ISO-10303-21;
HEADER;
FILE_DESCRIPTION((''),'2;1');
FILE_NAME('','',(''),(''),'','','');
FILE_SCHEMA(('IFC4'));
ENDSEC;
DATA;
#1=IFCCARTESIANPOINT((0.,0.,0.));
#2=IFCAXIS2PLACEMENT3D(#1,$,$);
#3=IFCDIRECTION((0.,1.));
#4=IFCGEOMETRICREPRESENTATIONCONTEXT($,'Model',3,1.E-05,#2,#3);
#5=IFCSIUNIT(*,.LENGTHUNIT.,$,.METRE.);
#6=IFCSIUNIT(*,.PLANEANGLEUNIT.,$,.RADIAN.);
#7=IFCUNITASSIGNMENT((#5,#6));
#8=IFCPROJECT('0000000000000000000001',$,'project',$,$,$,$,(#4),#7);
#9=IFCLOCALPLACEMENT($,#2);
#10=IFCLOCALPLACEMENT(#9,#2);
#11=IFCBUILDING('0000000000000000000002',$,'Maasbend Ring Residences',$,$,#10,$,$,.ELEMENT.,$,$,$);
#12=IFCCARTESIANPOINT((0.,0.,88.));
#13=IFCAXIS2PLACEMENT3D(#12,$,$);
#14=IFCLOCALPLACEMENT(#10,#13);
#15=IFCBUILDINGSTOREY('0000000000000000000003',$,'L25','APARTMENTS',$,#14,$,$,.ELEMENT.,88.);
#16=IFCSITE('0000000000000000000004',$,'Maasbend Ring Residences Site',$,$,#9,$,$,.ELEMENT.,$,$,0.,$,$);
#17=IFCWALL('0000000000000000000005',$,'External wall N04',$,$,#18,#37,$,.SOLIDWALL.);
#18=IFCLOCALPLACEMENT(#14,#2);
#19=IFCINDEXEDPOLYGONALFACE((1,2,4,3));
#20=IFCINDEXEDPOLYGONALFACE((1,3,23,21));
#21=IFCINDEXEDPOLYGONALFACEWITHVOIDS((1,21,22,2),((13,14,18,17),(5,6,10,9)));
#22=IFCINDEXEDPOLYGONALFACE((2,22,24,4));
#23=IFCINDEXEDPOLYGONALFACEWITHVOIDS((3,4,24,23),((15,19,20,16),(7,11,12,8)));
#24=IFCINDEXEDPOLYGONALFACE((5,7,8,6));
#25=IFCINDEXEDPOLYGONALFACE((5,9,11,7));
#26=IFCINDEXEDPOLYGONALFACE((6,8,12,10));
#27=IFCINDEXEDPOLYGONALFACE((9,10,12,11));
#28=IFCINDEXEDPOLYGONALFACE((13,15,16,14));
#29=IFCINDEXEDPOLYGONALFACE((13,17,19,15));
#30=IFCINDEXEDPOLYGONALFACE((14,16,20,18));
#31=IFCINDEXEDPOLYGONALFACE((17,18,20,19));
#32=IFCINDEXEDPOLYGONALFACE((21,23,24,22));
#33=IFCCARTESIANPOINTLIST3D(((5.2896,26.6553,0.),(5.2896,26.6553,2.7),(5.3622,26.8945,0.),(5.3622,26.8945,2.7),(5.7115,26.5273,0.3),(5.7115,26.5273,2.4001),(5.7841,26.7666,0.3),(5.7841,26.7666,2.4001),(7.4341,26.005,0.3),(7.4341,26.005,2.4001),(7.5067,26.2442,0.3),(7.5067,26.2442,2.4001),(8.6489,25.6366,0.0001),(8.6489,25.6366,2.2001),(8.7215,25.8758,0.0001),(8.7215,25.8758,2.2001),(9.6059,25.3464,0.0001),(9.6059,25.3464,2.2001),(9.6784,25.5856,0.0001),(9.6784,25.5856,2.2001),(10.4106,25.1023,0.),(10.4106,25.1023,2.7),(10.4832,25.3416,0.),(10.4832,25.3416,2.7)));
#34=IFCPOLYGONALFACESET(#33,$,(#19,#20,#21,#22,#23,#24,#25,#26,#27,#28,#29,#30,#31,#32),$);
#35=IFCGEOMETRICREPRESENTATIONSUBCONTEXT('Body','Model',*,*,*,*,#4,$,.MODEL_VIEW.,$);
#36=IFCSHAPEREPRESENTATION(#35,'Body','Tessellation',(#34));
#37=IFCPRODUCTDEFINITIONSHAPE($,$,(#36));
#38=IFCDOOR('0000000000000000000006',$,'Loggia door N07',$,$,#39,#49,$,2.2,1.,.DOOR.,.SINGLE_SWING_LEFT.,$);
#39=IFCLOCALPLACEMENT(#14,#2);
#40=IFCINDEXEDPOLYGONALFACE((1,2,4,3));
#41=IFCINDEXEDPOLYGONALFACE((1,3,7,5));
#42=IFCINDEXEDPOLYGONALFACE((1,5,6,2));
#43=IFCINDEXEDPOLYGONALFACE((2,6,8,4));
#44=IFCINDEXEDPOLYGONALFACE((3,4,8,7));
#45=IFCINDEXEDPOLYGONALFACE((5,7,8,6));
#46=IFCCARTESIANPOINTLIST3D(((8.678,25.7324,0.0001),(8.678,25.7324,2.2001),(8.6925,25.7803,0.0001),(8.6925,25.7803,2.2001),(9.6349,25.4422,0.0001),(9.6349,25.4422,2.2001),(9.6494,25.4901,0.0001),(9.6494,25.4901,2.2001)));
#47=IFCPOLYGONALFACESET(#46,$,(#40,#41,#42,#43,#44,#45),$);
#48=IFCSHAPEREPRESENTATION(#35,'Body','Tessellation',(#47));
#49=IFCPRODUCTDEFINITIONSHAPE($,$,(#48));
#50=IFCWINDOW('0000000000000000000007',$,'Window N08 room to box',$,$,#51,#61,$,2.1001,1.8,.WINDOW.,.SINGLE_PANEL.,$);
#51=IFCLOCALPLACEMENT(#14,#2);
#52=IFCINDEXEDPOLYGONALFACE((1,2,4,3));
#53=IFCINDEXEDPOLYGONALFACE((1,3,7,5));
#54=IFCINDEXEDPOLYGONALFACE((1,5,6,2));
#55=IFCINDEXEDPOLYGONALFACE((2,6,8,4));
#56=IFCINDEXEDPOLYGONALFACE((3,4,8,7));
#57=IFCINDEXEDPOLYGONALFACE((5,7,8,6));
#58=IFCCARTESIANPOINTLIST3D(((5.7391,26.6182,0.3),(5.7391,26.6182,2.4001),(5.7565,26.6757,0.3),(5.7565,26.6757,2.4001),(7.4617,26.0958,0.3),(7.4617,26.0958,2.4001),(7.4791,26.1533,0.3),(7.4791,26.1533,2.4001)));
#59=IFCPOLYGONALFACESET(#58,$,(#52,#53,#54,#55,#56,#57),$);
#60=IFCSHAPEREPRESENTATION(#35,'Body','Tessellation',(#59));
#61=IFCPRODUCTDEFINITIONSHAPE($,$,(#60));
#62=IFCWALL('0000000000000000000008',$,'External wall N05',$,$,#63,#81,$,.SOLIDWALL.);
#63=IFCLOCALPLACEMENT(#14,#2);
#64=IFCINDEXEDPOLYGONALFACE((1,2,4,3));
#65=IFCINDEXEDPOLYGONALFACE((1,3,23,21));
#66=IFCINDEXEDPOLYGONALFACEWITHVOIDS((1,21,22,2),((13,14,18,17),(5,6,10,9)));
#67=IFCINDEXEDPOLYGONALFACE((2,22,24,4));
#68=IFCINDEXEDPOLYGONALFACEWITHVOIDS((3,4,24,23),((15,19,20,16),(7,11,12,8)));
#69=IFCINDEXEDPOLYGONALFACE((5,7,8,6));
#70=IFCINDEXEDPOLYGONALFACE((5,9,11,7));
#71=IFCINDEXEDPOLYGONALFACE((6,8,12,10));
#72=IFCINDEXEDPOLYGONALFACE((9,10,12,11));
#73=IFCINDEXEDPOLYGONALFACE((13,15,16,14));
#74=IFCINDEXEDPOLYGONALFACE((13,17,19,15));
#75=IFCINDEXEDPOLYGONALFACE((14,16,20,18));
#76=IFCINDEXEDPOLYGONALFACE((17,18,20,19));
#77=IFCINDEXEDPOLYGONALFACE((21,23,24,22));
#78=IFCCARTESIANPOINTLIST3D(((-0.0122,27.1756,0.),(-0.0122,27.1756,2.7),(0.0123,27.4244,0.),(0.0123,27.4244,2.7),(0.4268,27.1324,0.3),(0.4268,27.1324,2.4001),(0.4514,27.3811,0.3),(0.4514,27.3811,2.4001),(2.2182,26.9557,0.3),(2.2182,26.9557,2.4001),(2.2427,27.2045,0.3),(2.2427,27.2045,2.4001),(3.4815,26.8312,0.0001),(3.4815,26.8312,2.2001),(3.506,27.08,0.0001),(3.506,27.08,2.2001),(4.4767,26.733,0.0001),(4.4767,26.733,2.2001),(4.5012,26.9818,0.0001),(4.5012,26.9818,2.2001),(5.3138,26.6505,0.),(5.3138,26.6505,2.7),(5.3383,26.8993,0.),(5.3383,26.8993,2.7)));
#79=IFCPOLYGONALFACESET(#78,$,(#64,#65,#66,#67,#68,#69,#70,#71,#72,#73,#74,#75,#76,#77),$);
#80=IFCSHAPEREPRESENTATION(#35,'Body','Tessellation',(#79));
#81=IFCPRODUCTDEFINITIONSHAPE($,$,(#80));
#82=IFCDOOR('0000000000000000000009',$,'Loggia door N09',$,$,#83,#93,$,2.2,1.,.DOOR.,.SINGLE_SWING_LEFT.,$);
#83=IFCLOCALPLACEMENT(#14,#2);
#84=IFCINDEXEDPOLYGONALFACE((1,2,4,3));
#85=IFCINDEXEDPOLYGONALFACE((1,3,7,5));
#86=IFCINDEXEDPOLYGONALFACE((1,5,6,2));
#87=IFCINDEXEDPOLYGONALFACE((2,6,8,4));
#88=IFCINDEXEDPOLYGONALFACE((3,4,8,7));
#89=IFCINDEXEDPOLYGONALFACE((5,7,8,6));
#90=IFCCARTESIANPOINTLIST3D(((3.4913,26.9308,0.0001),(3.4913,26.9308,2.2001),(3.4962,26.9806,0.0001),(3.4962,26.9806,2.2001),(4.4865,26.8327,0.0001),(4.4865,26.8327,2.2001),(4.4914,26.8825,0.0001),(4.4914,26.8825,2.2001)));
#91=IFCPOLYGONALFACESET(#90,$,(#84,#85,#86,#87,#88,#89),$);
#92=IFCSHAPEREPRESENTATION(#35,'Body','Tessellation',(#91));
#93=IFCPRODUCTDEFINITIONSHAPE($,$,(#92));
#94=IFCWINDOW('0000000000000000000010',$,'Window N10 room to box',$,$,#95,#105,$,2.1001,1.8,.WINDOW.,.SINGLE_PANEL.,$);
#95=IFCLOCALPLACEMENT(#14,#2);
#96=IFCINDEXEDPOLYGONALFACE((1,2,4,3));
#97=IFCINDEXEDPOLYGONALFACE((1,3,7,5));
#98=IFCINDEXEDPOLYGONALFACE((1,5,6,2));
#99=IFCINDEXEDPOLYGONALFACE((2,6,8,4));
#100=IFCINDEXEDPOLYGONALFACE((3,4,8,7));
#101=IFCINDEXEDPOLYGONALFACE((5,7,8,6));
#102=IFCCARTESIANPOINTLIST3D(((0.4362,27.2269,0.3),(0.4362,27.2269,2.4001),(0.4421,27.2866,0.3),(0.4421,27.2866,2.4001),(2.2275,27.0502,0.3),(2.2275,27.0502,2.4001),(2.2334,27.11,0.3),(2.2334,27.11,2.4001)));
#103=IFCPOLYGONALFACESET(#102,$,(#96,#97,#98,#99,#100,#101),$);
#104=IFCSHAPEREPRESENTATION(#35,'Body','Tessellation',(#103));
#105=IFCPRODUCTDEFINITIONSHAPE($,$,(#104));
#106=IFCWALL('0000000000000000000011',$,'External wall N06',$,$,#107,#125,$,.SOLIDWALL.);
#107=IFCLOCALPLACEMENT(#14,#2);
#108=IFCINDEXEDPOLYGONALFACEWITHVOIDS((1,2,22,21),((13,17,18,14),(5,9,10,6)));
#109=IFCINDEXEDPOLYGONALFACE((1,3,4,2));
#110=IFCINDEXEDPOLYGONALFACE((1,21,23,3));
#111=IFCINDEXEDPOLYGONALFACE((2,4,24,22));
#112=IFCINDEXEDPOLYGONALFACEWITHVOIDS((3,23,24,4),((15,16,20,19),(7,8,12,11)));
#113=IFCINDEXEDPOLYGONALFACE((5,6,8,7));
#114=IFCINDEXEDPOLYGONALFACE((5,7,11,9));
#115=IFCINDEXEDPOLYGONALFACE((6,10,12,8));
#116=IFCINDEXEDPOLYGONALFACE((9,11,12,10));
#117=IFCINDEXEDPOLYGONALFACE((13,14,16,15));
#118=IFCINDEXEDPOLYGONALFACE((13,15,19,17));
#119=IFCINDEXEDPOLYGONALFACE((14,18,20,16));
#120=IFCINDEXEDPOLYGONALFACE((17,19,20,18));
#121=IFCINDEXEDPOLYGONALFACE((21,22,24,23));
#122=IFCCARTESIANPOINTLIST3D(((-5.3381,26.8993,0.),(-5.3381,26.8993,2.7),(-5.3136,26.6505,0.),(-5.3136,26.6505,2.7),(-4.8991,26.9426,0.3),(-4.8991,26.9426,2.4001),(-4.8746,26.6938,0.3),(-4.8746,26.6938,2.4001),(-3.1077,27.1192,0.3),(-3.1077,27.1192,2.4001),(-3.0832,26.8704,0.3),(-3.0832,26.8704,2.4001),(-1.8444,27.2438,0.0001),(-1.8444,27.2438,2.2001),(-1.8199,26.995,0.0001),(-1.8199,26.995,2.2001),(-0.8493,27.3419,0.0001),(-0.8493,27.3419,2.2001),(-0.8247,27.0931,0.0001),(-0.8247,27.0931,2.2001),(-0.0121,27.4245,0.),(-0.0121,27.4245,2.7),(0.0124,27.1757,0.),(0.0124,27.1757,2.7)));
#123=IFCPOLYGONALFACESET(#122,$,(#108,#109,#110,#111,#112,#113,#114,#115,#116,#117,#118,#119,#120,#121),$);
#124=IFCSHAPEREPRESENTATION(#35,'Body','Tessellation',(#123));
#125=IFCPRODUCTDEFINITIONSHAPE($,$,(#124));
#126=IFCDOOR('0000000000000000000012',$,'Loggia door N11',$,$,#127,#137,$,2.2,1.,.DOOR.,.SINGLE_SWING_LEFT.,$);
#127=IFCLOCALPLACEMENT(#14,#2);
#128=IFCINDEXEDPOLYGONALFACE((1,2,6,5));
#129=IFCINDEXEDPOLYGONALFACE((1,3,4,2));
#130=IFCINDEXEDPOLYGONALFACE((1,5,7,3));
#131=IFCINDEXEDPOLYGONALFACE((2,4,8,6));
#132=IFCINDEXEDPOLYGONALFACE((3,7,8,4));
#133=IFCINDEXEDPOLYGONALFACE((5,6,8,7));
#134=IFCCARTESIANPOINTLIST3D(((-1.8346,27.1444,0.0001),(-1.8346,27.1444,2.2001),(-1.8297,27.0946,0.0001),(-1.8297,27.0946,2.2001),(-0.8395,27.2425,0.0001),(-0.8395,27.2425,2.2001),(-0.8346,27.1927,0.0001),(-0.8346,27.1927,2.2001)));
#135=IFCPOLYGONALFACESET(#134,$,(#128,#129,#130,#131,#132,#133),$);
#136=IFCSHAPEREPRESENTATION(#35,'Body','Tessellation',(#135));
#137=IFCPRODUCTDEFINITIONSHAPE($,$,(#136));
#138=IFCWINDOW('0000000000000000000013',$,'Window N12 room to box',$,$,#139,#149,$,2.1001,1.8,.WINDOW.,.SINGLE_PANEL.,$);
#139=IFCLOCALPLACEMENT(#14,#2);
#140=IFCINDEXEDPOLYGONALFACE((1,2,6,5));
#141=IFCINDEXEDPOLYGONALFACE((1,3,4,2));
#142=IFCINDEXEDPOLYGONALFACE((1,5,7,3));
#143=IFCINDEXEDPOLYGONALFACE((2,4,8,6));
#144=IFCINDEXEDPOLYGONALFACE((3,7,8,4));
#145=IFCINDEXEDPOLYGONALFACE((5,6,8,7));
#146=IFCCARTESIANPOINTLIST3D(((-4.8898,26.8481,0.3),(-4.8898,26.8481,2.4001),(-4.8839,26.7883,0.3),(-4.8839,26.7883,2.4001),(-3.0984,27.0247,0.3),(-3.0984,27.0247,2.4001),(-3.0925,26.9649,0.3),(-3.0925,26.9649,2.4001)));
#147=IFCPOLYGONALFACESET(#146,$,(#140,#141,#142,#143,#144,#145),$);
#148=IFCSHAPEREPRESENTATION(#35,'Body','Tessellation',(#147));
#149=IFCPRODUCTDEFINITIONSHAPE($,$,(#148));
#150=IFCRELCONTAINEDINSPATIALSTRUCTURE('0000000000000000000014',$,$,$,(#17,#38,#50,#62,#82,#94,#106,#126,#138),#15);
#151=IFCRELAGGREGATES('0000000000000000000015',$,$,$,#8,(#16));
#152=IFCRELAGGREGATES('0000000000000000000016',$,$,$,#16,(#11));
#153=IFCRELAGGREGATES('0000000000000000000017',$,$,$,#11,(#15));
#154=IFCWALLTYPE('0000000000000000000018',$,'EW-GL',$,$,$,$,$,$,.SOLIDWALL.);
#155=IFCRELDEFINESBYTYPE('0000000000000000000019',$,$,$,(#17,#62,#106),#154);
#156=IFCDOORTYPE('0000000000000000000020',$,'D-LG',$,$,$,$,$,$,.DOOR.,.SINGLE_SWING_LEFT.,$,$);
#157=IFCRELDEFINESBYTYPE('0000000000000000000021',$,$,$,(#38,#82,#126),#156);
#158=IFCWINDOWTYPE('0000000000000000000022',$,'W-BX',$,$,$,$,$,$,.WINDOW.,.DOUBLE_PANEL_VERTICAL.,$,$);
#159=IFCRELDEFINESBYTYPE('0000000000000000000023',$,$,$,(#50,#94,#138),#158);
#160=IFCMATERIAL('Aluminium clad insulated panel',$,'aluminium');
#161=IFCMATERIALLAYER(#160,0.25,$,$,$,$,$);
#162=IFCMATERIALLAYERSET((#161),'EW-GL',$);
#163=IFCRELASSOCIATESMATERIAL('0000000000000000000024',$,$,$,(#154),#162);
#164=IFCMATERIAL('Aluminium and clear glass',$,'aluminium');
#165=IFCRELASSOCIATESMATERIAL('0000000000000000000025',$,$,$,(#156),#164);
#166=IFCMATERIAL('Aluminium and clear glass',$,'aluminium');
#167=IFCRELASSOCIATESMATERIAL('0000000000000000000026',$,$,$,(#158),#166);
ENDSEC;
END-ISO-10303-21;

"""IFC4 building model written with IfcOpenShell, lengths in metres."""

from ifc_helpers import new_model, si_unit, direction, frame, frame_2d, origin, place, context, subcontext, project, spatial, rectangle, extrude, material, layer, layer_set, type_object, element, fill, save


model = new_model("IFC4")

# Units and contexts
model_context = context("Model", 3, precision=1e-05, world=origin(), true_north=direction((0.0, 1.0)))
body_context = subcontext(model_context, "Body", "Model", "MODEL_VIEW")
ifc_project = project(units=[si_unit("LENGTHUNIT", "METRE"), si_unit("PLANEANGLEUNIT", "RADIAN")], contexts=[model_context])

# Site, building, storey
site_placement = place(None, origin())
site = spatial("IfcSite", under=ifc_project, at=site_placement, Name="Maasbend Ring Residences Site", CompositionType="ELEMENT", RefElevation=0.0)
building_placement = place(site_placement, origin())
building = spatial("IfcBuilding", under=site, at=building_placement, Name="Maasbend Ring Residences", CompositionType="ELEMENT")
storey_placement = place(building_placement, frame((0.0, 0.0, 88.0)))
storey = spatial("IfcBuildingStorey", under=building, at=storey_placement, Name="L25", Description="APARTMENTS", CompositionType="ELEMENT", Elevation=88.0)

# Walls, openings, doors, windows
ifc_material_1 = material(Name="Aluminium clad insulated panel", Category="aluminium")
ifc_layer_1 = layer(ifc_material_1, 0.25)
ifc_layer_set_1 = layer_set([ifc_layer_1], Name="EW-GL")
wall_type_1 = type_object("IfcWallType", Name="EW-GL", PredefinedType="SOLIDWALL", material=ifc_layer_set_1)
wall_1_placement = place(storey_placement, frame((10.447, 25.2219, 0.0), z_axis=(0.0, 0.0, 1.0), x_axis=(-0.956966, 0.290201, 0.0)))
wall_1 = element("IfcWall", 1, at=wall_1_placement, inside=storey, type_object=wall_type_1, Name="External wall N04", PredefinedType="SOLIDWALL", context=body_context, shape_type="SweptSolid", body=[
    extrude(rectangle(XDim=5.3513, YDim=0.25, at=frame_2d((2.6758, 0.0))), origin(), (0.0, 0.0, 1.0), 2.7),
])
opening_1_placement = place(wall_1_placement, frame((0.8411, 0.0, 0.0)))
opening_1 = element("IfcOpeningElement", 2, at=opening_1_placement, cuts=wall_1, PredefinedType="OPENING", context=body_context, shape_type="SweptSolid", body=[
    extrude(rectangle(XDim=1.0, YDim=2.2, at=frame_2d((0.5, 1.1001))), frame((0.0, 0.135, 0.0), z_axis=(0.0, -1.0, 0.0), x_axis=(1.0, 0.0, 0.0)), (0.0, 0.0, 1.0), 0.27),
])
opening_2_placement = place(wall_1_placement, frame((3.1106, 0.0, 0.3)))
opening_2 = element("IfcOpeningElement", 3, at=opening_2_placement, cuts=wall_1, PredefinedType="OPENING", context=body_context, shape_type="SweptSolid", body=[
    extrude(rectangle(XDim=1.8, YDim=2.1001, at=frame_2d((0.8999, 1.05))), frame((0.0, 0.135, 0.0), z_axis=(0.0, -1.0, 0.0), x_axis=(1.0, 0.0, 0.0)), (0.0, 0.0, 1.0), 0.27),
])
ifc_material_2 = material(Name="Aluminium and clear glass", Category="aluminium")
door_type_1 = type_object("IfcDoorType", Name="D-LG", OperationType="SINGLE_SWING_LEFT", PredefinedType="DOOR", material=ifc_material_2)
door_1_placement = place(opening_1_placement, origin())
door_1 = element("IfcDoor", 4, at=door_1_placement, inside=storey, type_object=door_type_1, Name="Loggia door N07", OperationType="SINGLE_SWING_LEFT", OverallHeight=2.2, OverallWidth=1.0, PredefinedType="DOOR", context=body_context, shape_type="SweptSolid", body=[
    extrude(rectangle(XDim=1.0, YDim=2.2, at=frame_2d((0.5, 1.1001))), frame((0.0, 0.0249, 0.0), z_axis=(0.0, -1.0, 0.0), x_axis=(1.0, 0.0, 0.0)), (0.0, 0.0, 1.0), 0.05),
])
fill(opening_1, door_1)
ifc_material_3 = material(Name="Aluminium and clear glass", Category="aluminium")
window_type_1 = type_object("IfcWindowType", Name="W-BX", PartitioningType="DOUBLE_PANEL_VERTICAL", PredefinedType="WINDOW", material=ifc_material_3)
window_1_placement = place(opening_2_placement, origin())
window_1 = element("IfcWindow", 5, at=window_1_placement, inside=storey, type_object=window_type_1, Name="Window N08 room to box", OverallHeight=2.1001, OverallWidth=1.8, PartitioningType="SINGLE_PANEL", PredefinedType="WINDOW", context=body_context, shape_type="SweptSolid", body=[
    extrude(rectangle(XDim=1.8, YDim=2.1001, at=frame_2d((0.8999, 1.05))), frame((0.0, 0.03, 0.0), z_axis=(0.0, -1.0, 0.0), x_axis=(1.0, 0.0, 0.0)), (0.0, 0.0, 1.0), 0.0601),
])
fill(opening_2, window_1)
wall_2_placement = place(storey_placement, frame((5.3259, 26.7749, 0.0), z_axis=(0.0, 0.0, 1.0), x_axis=(-0.995174, 0.098126, 0.0)))
wall_2 = element("IfcWall", 6, at=wall_2_placement, inside=storey, type_object=wall_type_1, Name="External wall N05", PredefinedType="SOLIDWALL", context=body_context, shape_type="SweptSolid", body=[
    extrude(rectangle(XDim=5.3518, YDim=0.25, at=frame_2d((2.6758, 0.0))), origin(), (0.0, 0.0, 1.0), 2.7),
])
opening_3_placement = place(wall_2_placement, frame((0.8411, 0.0, 0.0)))
opening_3 = element("IfcOpeningElement", 7, at=opening_3_placement, cuts=wall_2, PredefinedType="OPENING", context=body_context, shape_type="SweptSolid", body=[
    extrude(rectangle(XDim=1.0, YDim=2.2, at=frame_2d((0.5, 1.1001))), frame((0.0, 0.135, 0.0), z_axis=(0.0, -1.0, 0.0), x_axis=(1.0, 0.0, 0.0)), (0.0, 0.0, 1.0), 0.27),
])
opening_4_placement = place(wall_2_placement, frame((3.1106, 0.0, 0.3)))
opening_4 = element("IfcOpeningElement", 8, at=opening_4_placement, cuts=wall_2, PredefinedType="OPENING", context=body_context, shape_type="SweptSolid", body=[
    extrude(rectangle(XDim=1.8, YDim=2.1001, at=frame_2d((0.8999, 1.05))), frame((0.0, 0.135, 0.0), z_axis=(0.0, -1.0, 0.0), x_axis=(1.0, 0.0, 0.0)), (0.0, 0.0, 1.0), 0.27),
])
door_2_placement = place(opening_3_placement, origin())
door_2 = element("IfcDoor", 9, at=door_2_placement, inside=storey, type_object=door_type_1, Name="Loggia door N09", OperationType="SINGLE_SWING_LEFT", OverallHeight=2.2, OverallWidth=1.0, PredefinedType="DOOR", context=body_context, shape_type="SweptSolid", body=[
    extrude(rectangle(XDim=1.0, YDim=2.2, at=frame_2d((0.5, 1.1001))), frame((0.0, 0.0249, 0.0), z_axis=(0.0, -1.0, 0.0), x_axis=(1.0, 0.0, 0.0)), (0.0, 0.0, 1.0), 0.05),
])
fill(opening_3, door_2)
window_2_placement = place(opening_4_placement, origin())
window_2 = element("IfcWindow", 10, at=window_2_placement, inside=storey, type_object=window_type_1, Name="Window N10 room to box", OverallHeight=2.1001, OverallWidth=1.8, PartitioningType="SINGLE_PANEL", PredefinedType="WINDOW", context=body_context, shape_type="SweptSolid", body=[
    extrude(rectangle(XDim=1.8, YDim=2.1001, at=frame_2d((0.8999, 1.05))), frame((0.0, 0.03, 0.0), z_axis=(0.0, -1.0, 0.0), x_axis=(1.0, 0.0, 0.0)), (0.0, 0.0, 1.0), 0.0601),
])
fill(opening_4, window_2)
wall_3_placement = place(storey_placement, frame((0.0, 27.3, 0.0), z_axis=(0.0, 0.0, 1.0), x_axis=(-0.995174, -0.098126, 0.0)))
wall_3 = element("IfcWall", 11, at=wall_3_placement, inside=storey, type_object=wall_type_1, Name="External wall N06", PredefinedType="SOLIDWALL", context=body_context, shape_type="SweptSolid", body=[
    extrude(rectangle(XDim=5.3518, YDim=0.25, at=frame_2d((2.6758, 0.0))), origin(), (0.0, 0.0, 1.0), 2.7),
])
opening_5_placement = place(wall_3_placement, frame((0.8411, 0.0, 0.0)))
opening_5 = element("IfcOpeningElement", 12, at=opening_5_placement, cuts=wall_3, PredefinedType="OPENING", context=body_context, shape_type="SweptSolid", body=[
    extrude(rectangle(XDim=1.0, YDim=2.2, at=frame_2d((0.5, 1.1001))), frame((0.0, 0.135, 0.0), z_axis=(0.0, -1.0, 0.0), x_axis=(1.0, 0.0, 0.0)), (0.0, 0.0, 1.0), 0.27),
])
opening_6_placement = place(wall_3_placement, frame((3.1106, 0.0, 0.3)))
opening_6 = element("IfcOpeningElement", 13, at=opening_6_placement, cuts=wall_3, PredefinedType="OPENING", context=body_context, shape_type="SweptSolid", body=[
    extrude(rectangle(XDim=1.8, YDim=2.1001, at=frame_2d((0.8999, 1.05))), frame((0.0, 0.135, 0.0), z_axis=(0.0, -1.0, 0.0), x_axis=(1.0, 0.0, 0.0)), (0.0, 0.0, 1.0), 0.27),
])
door_3_placement = place(opening_5_placement, origin())
door_3 = element("IfcDoor", 14, at=door_3_placement, inside=storey, type_object=door_type_1, Name="Loggia door N11", OperationType="SINGLE_SWING_LEFT", OverallHeight=2.2, OverallWidth=1.0, PredefinedType="DOOR", context=body_context, shape_type="SweptSolid", body=[
    extrude(rectangle(XDim=1.0, YDim=2.2, at=frame_2d((0.5, 1.1001))), frame((0.0, 0.0249, 0.0), z_axis=(0.0, -1.0, 0.0), x_axis=(1.0, 0.0, 0.0)), (0.0, 0.0, 1.0), 0.05),
])
fill(opening_5, door_3)
window_3_placement = place(opening_6_placement, origin())
window_3 = element("IfcWindow", 15, at=window_3_placement, inside=storey, type_object=window_type_1, Name="Window N12 room to box", OverallHeight=2.1001, OverallWidth=1.8, PartitioningType="SINGLE_PANEL", PredefinedType="WINDOW", context=body_context, shape_type="SweptSolid", body=[
    extrude(rectangle(XDim=1.8, YDim=2.1001, at=frame_2d((0.8999, 1.05))), frame((0.0, 0.03, 0.0), z_axis=(0.0, -1.0, 0.0), x_axis=(1.0, 0.0, 0.0)), (0.0, 0.0, 1.0), 0.0601),
])
fill(opening_6, window_3)

save(model, "model.ifc")
